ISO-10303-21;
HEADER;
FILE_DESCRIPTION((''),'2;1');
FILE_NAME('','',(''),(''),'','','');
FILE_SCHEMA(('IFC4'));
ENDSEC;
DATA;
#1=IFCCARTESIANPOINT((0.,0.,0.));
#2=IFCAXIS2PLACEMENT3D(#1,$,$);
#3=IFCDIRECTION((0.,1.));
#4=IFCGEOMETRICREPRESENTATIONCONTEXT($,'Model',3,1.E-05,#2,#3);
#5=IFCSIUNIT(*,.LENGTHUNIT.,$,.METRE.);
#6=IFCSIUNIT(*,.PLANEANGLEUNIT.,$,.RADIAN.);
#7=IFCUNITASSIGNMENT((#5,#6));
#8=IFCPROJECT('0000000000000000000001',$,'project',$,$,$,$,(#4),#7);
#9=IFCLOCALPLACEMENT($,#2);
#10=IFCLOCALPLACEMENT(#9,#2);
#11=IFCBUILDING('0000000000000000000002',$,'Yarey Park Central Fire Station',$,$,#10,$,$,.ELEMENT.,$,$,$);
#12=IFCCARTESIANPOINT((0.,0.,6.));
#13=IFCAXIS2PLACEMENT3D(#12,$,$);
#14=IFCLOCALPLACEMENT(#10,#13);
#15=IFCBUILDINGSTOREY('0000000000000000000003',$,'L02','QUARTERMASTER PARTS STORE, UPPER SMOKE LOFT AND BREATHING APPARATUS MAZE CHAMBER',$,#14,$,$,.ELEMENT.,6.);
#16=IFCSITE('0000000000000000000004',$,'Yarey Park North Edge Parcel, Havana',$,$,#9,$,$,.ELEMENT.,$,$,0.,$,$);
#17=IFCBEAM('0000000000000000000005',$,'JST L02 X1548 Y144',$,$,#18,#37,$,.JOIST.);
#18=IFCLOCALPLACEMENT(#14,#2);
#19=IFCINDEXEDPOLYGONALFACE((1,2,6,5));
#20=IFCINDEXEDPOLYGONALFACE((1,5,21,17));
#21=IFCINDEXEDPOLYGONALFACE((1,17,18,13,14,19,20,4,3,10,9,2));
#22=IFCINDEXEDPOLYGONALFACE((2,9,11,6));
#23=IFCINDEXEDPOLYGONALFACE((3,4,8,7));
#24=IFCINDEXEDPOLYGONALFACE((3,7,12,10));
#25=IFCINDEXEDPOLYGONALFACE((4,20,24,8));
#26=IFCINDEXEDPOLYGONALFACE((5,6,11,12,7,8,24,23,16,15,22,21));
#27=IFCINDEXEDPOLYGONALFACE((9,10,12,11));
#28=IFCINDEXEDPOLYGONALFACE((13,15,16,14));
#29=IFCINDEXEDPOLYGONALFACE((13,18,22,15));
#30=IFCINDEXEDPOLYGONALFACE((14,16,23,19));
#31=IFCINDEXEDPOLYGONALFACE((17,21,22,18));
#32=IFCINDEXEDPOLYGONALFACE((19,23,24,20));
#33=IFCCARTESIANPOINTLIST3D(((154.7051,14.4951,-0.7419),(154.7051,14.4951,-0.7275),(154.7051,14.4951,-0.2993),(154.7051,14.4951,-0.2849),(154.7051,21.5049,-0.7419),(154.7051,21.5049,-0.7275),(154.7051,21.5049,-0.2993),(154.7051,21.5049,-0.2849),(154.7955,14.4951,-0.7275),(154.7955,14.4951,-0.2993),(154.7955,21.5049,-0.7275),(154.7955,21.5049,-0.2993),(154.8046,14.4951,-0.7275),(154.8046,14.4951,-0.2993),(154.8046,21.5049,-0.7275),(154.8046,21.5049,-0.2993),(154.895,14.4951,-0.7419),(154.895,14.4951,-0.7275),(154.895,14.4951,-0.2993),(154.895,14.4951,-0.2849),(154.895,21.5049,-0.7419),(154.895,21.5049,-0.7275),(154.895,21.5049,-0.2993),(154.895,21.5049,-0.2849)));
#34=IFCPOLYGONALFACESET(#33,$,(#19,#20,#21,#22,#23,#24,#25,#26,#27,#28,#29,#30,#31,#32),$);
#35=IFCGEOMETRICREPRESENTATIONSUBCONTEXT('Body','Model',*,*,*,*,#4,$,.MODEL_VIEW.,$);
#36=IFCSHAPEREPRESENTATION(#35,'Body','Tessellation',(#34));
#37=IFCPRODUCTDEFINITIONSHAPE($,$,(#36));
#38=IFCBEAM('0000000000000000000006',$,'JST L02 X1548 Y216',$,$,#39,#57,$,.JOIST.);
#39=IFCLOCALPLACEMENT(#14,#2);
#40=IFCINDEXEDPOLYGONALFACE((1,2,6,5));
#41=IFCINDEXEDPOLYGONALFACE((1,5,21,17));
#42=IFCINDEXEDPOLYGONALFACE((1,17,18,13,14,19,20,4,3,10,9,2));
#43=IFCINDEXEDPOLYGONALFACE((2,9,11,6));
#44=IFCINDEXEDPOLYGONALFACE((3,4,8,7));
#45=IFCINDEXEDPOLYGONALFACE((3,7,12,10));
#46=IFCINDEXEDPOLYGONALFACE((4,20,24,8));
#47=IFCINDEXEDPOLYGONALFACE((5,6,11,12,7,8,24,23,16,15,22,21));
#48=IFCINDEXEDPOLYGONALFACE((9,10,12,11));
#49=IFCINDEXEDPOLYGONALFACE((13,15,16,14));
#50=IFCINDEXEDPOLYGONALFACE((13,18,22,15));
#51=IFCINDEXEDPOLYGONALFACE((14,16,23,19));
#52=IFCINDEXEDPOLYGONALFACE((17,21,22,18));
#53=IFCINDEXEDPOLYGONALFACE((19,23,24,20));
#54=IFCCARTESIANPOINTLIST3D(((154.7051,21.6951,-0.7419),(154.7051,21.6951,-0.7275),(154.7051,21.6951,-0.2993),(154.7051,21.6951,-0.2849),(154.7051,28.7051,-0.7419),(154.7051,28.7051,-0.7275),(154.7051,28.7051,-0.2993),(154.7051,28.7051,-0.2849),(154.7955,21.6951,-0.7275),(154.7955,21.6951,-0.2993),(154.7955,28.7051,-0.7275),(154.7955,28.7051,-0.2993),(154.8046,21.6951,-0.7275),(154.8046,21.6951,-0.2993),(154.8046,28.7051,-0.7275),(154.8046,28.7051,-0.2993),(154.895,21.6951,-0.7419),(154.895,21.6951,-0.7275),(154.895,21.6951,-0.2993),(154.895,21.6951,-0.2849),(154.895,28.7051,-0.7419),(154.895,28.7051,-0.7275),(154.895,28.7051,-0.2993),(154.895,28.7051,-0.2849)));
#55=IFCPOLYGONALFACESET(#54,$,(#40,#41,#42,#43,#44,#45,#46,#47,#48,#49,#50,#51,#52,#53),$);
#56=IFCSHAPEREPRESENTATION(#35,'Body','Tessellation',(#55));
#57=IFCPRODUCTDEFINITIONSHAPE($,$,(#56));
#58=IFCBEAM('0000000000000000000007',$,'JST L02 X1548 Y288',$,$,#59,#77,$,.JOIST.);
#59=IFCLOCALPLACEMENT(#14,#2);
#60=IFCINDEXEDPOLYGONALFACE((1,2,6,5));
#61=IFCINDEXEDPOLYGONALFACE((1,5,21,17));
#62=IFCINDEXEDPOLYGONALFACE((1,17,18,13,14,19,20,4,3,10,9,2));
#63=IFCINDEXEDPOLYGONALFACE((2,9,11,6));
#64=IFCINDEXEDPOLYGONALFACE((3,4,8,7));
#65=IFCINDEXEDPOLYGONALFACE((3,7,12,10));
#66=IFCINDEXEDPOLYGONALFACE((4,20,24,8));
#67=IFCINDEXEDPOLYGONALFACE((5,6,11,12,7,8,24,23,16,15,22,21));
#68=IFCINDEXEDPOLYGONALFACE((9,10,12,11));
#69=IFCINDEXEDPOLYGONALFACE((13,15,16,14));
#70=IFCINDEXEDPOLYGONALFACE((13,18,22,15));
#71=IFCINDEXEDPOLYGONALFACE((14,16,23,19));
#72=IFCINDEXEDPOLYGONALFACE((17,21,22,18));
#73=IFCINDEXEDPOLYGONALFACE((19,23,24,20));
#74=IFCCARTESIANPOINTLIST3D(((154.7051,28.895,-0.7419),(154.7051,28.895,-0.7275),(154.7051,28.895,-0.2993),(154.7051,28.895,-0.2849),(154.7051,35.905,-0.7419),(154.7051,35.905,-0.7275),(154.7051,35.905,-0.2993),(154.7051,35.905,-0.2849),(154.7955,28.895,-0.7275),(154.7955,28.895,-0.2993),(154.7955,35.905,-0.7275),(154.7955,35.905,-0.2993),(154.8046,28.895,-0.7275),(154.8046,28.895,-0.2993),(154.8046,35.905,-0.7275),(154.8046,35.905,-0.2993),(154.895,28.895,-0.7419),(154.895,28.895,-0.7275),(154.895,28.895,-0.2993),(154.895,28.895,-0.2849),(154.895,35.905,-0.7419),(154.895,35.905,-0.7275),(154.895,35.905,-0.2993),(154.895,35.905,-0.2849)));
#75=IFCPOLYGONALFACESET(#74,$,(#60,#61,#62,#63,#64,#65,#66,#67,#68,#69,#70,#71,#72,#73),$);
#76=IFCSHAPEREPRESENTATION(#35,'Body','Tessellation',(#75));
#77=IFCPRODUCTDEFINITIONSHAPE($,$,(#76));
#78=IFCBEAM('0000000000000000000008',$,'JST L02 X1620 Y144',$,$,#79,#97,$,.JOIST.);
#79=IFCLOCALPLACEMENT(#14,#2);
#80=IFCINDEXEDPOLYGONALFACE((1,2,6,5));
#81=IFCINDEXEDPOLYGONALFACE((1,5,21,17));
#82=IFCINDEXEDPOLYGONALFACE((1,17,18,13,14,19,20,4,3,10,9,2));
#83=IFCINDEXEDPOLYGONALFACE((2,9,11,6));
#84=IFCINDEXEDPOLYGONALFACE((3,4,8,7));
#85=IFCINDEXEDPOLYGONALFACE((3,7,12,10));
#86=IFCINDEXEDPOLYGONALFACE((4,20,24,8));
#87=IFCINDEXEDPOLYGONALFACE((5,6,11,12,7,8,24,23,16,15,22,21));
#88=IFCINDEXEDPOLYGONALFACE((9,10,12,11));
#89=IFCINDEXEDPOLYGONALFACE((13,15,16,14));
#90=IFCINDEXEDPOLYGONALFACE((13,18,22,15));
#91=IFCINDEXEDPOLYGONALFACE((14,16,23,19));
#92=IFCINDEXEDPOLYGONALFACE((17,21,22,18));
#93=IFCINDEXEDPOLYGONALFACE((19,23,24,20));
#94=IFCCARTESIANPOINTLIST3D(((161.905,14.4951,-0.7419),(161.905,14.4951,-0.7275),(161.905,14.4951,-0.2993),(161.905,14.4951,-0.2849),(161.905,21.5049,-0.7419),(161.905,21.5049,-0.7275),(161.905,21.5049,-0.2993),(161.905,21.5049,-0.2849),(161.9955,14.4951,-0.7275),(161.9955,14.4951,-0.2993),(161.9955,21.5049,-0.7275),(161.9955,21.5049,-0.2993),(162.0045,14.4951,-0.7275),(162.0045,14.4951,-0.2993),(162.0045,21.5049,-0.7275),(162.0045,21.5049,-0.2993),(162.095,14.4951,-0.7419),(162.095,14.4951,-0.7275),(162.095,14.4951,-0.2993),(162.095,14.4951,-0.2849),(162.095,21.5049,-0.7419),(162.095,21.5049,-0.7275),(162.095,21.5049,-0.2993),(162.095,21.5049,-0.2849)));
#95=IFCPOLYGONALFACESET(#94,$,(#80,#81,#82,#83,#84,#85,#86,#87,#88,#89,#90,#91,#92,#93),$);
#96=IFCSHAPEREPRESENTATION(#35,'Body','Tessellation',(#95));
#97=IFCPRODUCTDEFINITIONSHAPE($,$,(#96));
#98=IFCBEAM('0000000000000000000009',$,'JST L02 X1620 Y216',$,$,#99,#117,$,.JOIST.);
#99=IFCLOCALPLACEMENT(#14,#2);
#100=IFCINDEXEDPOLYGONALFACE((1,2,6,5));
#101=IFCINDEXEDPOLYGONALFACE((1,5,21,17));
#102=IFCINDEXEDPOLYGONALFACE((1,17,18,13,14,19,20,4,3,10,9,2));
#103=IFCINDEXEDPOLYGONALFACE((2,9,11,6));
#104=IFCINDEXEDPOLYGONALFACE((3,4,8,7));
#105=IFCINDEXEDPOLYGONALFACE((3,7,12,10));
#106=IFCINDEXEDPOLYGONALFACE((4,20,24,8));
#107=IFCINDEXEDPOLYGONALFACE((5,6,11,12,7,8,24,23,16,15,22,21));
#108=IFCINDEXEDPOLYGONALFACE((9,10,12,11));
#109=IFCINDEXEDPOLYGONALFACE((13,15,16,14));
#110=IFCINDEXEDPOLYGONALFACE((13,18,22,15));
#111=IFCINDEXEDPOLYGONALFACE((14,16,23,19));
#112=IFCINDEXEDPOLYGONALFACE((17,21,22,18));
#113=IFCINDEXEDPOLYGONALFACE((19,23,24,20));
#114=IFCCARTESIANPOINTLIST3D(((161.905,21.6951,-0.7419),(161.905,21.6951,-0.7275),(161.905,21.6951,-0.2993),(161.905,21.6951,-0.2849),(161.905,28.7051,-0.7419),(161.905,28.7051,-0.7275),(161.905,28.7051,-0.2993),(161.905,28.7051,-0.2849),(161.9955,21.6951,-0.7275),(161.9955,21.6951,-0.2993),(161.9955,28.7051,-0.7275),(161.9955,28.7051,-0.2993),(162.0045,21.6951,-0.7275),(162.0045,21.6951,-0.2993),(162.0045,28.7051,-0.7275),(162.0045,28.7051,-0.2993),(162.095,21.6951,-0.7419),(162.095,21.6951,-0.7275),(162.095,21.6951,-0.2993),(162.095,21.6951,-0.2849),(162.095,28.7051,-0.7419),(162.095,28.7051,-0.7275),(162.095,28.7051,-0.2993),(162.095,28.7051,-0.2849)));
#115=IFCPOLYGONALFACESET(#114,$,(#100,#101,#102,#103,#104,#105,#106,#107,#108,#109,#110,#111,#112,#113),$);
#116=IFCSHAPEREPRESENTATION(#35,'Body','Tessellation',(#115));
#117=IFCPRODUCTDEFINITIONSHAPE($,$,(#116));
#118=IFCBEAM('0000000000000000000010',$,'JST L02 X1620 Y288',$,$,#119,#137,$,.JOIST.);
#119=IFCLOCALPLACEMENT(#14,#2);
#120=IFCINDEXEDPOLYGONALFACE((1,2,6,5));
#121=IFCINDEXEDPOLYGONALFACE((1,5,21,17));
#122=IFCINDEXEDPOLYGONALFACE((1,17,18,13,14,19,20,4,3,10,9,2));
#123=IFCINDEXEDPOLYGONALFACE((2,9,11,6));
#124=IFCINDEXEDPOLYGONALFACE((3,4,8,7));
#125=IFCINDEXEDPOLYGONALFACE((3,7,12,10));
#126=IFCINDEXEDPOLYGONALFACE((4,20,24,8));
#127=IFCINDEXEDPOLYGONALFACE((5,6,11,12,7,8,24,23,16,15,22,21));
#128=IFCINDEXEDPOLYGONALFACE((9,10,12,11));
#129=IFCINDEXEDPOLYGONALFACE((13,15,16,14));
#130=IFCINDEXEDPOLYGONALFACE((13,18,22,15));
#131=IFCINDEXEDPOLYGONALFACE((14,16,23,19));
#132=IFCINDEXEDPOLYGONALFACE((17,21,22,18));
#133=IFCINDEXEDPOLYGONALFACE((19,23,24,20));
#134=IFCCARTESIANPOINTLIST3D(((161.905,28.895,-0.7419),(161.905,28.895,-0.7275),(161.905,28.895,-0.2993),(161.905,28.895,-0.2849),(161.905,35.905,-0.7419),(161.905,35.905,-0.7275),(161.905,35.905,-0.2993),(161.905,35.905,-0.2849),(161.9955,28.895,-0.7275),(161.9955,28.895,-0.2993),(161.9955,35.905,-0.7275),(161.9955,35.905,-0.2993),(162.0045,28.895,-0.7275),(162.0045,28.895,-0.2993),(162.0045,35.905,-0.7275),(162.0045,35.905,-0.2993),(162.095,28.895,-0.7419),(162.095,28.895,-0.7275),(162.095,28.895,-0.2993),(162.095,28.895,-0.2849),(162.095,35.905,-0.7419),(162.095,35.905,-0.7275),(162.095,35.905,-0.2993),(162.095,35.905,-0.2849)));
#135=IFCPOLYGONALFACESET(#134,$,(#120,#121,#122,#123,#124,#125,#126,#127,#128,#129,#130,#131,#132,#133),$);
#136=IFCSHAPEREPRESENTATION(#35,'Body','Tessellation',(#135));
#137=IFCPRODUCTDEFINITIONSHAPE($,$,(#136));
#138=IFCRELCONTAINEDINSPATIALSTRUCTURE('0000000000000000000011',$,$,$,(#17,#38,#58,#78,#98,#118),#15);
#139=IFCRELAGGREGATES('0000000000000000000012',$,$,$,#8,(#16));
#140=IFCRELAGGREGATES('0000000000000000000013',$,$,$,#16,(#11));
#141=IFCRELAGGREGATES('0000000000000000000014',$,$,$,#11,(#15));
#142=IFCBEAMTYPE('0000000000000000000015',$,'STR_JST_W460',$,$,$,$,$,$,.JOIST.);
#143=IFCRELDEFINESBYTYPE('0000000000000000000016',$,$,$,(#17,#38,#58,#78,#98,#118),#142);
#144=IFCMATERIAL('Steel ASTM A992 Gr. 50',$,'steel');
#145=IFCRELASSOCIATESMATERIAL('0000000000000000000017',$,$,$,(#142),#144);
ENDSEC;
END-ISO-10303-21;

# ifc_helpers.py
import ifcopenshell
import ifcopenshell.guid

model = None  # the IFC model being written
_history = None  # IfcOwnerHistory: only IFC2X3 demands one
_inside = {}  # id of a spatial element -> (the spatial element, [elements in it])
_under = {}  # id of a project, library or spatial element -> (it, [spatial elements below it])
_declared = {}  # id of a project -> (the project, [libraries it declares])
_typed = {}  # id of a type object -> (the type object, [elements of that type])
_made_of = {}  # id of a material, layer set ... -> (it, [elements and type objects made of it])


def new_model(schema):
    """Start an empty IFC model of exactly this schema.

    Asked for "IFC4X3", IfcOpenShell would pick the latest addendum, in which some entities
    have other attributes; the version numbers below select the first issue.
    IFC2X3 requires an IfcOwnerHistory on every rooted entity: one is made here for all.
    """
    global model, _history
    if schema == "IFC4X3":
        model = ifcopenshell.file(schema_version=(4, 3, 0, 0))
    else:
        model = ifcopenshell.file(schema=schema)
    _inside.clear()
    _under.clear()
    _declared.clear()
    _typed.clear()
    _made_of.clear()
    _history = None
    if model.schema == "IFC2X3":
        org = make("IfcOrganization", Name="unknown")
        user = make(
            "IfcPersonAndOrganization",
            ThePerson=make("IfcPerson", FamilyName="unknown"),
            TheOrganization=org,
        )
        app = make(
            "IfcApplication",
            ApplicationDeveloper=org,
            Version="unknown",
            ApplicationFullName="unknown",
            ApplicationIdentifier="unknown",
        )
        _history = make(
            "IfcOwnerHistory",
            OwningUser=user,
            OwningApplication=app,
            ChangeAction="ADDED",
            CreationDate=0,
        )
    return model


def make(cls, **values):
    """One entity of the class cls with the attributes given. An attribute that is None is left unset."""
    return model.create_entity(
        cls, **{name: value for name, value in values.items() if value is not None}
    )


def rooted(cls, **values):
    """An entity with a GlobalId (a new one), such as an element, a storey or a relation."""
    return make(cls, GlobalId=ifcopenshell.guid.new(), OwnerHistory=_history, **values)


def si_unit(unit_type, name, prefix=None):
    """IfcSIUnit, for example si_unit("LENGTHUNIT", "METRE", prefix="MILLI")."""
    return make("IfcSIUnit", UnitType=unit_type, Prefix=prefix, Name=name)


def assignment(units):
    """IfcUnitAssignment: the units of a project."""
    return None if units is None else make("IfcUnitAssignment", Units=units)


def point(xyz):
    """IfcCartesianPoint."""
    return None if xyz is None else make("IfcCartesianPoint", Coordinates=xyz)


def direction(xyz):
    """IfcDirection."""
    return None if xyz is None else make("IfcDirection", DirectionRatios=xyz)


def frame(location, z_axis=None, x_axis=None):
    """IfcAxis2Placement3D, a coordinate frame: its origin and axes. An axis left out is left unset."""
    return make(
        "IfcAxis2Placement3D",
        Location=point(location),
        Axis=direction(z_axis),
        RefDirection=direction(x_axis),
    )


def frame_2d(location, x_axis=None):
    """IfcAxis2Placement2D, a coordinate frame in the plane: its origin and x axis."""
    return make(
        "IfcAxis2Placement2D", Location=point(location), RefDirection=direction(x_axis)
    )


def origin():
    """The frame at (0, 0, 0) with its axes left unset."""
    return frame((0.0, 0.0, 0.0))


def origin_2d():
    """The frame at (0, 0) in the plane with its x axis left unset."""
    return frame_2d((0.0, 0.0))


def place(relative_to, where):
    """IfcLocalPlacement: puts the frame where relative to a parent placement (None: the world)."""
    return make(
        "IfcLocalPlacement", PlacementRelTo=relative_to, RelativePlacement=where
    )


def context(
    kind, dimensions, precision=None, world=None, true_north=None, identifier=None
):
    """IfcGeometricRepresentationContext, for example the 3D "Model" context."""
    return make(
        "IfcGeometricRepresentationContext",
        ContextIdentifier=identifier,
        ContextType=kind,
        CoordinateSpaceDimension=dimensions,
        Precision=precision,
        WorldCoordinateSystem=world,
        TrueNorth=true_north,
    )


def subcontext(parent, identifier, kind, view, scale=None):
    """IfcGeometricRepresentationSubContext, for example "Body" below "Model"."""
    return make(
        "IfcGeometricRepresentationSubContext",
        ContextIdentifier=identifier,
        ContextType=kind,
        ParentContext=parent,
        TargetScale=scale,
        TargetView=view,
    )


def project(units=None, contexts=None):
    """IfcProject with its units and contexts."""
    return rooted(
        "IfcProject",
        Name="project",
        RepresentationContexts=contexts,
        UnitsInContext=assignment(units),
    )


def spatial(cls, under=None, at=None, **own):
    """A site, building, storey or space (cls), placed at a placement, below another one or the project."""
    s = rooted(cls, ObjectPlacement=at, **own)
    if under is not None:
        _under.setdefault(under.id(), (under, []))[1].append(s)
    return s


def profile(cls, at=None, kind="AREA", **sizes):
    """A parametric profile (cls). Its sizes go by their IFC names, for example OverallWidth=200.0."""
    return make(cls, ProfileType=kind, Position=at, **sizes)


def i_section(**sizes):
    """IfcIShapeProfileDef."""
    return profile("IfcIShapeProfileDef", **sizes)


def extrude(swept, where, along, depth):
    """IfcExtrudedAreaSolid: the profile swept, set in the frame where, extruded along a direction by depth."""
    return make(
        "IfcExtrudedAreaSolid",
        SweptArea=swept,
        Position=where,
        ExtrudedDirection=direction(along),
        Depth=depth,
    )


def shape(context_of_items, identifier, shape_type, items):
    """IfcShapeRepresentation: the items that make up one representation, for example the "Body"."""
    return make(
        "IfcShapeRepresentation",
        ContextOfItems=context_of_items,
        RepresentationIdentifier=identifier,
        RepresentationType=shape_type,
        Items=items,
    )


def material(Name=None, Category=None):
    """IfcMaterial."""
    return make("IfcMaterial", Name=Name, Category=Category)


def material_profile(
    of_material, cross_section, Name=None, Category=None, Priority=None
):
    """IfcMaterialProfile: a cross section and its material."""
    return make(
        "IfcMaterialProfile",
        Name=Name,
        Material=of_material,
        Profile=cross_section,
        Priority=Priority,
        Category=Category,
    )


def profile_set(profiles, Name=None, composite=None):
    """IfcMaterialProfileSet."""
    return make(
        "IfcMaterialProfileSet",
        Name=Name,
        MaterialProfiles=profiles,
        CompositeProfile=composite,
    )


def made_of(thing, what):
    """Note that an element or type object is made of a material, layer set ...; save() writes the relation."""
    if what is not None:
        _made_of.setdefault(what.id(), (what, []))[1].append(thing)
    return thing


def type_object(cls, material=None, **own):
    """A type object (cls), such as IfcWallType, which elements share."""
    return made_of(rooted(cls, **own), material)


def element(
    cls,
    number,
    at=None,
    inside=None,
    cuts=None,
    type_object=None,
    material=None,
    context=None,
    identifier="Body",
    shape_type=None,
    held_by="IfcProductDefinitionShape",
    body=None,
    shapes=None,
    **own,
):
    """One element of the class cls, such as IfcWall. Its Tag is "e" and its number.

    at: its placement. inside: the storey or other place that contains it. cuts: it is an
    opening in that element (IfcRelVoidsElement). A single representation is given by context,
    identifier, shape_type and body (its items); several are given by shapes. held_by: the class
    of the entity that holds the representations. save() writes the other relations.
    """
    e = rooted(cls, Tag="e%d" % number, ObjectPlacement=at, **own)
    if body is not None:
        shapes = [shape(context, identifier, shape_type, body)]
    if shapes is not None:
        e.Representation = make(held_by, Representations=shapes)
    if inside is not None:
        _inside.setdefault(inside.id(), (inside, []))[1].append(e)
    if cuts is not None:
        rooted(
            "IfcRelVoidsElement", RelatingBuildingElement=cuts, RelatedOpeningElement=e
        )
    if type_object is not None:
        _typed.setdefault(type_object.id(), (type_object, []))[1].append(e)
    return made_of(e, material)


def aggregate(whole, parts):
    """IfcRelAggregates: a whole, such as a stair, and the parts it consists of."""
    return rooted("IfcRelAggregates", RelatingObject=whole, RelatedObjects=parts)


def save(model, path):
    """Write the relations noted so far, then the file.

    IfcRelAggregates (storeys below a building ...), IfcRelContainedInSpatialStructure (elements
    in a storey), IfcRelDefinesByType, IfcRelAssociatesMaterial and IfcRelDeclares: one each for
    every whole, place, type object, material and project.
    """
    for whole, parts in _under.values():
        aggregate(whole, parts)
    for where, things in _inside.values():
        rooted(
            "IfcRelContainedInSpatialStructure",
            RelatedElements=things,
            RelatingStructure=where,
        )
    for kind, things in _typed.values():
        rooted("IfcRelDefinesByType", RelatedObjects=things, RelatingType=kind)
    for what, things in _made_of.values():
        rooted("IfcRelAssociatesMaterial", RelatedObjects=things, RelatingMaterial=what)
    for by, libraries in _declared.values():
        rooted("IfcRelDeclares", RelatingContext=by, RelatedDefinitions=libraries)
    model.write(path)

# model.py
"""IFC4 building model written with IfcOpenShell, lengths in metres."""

from ifc_helpers import new_model, si_unit, direction, frame, origin, origin_2d, place, context, subcontext, project, spatial, i_section, extrude, material, material_profile, profile_set, type_object, element, save


model = new_model("IFC4")

# Units and contexts
model_context = context("Model", 3, precision=1e-05, world=origin(), true_north=direction((0.0, 1.0)))
body_context = subcontext(model_context, "Body", "Model", "MODEL_VIEW")
ifc_project = project(units=[si_unit("LENGTHUNIT", "METRE"), si_unit("PLANEANGLEUNIT", "RADIAN")], contexts=[model_context])

# Site, building, storey
site_placement = place(None, origin())
site = spatial("IfcSite", under=ifc_project, at=site_placement, Name="Yarey Park North Edge Parcel, Havana", CompositionType="ELEMENT", RefElevation=0.0)
building_placement = place(site_placement, origin())
building = spatial("IfcBuilding", under=site, at=building_placement, Name="Yarey Park Central Fire Station", CompositionType="ELEMENT")
storey_placement = place(building_placement, frame((0.0, 0.0, 6.0)))
storey = spatial("IfcBuildingStorey", under=building, at=storey_placement, Name="L02", Description="QUARTERMASTER PARTS STORE, UPPER SMOKE LOFT AND BREATHING APPARATUS MAZE CHAMBER", CompositionType="ELEMENT", Elevation=6.0)

# Beams
ifc_material_1 = material(Name="Steel ASTM A992 Gr. 50", Category="steel")
ifc_material_profile_1 = material_profile(ifc_material_1, i_section(OverallWidth=0.1899, OverallDepth=0.457, WebThickness=0.009, FlangeThickness=0.0144, at=origin_2d()), Name="W460x74")
ifc_profile_set_1 = profile_set([ifc_material_profile_1], Name="Steel ASTM A992 Gr. 50")
beam_type_1 = type_object("IfcBeamType", Name="STR_JST_W460", PredefinedType="JOIST", material=ifc_profile_set_1)
beam_1_placement = place(storey_placement, frame((154.8, 14.4951, -0.5134), z_axis=(0.0, 1.0, 0.0), x_axis=(-1.0, 0.0, 0.0)))
element("IfcBeam", 1, at=beam_1_placement, inside=storey, type_object=beam_type_1, Name="JST L02 X1548 Y144", PredefinedType="JOIST", context=body_context, shape_type="SweptSolid", body=[
    extrude(i_section(OverallWidth=0.1899, OverallDepth=0.457, WebThickness=0.009, FlangeThickness=0.0144, at=origin_2d()), origin(), (0.0, 0.0, 1.0), 7.0098),
])
for number, where, z_axis, x_axis, name in (
    (2, (154.8, 21.6951, -0.5134), (0.0, 1.0, 0.0), (-1.0, 0.0, 0.0), "JST L02 X1548 Y216"),
    (3, (154.8, 28.895, -0.5134), (0.0, 1.0, 0.0), (-1.0, 0.0, 0.0), "JST L02 X1548 Y288"),
):
    element("IfcBeam", number, at=place(storey_placement, frame(where, z_axis=z_axis, x_axis=x_axis)), inside=storey, type_object=beam_type_1, Name=name, PredefinedType="JOIST", context=body_context, shape_type="SweptSolid", body=[
        extrude(i_section(OverallWidth=0.1899, OverallDepth=0.457, WebThickness=0.009, FlangeThickness=0.0144, at=origin_2d()), origin(), (0.0, 0.0, 1.0), 7.01),
    ])
beam_2_placement = place(storey_placement, frame((162.0, 14.4951, -0.5134), z_axis=(0.0, 1.0, 0.0), x_axis=(-1.0, 0.0, 0.0)))
element("IfcBeam", 4, at=beam_2_placement, inside=storey, type_object=beam_type_1, Name="JST L02 X1620 Y144", PredefinedType="JOIST", context=body_context, shape_type="SweptSolid", body=[
    extrude(i_section(OverallWidth=0.1899, OverallDepth=0.457, WebThickness=0.009, FlangeThickness=0.0144, at=origin_2d()), origin(), (0.0, 0.0, 1.0), 7.0098),
])
for number, where, z_axis, x_axis, name in (
    (5, (162.0, 21.6951, -0.5134), (0.0, 1.0, 0.0), (-1.0, 0.0, 0.0), "JST L02 X1620 Y216"),
    (6, (162.0, 28.895, -0.5134), (0.0, 1.0, 0.0), (-1.0, 0.0, 0.0), "JST L02 X1620 Y288"),
):
    element("IfcBeam", number, at=place(storey_placement, frame(where, z_axis=z_axis, x_axis=x_axis)), inside=storey, type_object=beam_type_1, Name=name, PredefinedType="JOIST", context=body_context, shape_type="SweptSolid", body=[
        extrude(i_section(OverallWidth=0.1899, OverallDepth=0.457, WebThickness=0.009, FlangeThickness=0.0144, at=origin_2d()), origin(), (0.0, 0.0, 1.0), 7.01),
    ])

save(model, "model.ifc")
